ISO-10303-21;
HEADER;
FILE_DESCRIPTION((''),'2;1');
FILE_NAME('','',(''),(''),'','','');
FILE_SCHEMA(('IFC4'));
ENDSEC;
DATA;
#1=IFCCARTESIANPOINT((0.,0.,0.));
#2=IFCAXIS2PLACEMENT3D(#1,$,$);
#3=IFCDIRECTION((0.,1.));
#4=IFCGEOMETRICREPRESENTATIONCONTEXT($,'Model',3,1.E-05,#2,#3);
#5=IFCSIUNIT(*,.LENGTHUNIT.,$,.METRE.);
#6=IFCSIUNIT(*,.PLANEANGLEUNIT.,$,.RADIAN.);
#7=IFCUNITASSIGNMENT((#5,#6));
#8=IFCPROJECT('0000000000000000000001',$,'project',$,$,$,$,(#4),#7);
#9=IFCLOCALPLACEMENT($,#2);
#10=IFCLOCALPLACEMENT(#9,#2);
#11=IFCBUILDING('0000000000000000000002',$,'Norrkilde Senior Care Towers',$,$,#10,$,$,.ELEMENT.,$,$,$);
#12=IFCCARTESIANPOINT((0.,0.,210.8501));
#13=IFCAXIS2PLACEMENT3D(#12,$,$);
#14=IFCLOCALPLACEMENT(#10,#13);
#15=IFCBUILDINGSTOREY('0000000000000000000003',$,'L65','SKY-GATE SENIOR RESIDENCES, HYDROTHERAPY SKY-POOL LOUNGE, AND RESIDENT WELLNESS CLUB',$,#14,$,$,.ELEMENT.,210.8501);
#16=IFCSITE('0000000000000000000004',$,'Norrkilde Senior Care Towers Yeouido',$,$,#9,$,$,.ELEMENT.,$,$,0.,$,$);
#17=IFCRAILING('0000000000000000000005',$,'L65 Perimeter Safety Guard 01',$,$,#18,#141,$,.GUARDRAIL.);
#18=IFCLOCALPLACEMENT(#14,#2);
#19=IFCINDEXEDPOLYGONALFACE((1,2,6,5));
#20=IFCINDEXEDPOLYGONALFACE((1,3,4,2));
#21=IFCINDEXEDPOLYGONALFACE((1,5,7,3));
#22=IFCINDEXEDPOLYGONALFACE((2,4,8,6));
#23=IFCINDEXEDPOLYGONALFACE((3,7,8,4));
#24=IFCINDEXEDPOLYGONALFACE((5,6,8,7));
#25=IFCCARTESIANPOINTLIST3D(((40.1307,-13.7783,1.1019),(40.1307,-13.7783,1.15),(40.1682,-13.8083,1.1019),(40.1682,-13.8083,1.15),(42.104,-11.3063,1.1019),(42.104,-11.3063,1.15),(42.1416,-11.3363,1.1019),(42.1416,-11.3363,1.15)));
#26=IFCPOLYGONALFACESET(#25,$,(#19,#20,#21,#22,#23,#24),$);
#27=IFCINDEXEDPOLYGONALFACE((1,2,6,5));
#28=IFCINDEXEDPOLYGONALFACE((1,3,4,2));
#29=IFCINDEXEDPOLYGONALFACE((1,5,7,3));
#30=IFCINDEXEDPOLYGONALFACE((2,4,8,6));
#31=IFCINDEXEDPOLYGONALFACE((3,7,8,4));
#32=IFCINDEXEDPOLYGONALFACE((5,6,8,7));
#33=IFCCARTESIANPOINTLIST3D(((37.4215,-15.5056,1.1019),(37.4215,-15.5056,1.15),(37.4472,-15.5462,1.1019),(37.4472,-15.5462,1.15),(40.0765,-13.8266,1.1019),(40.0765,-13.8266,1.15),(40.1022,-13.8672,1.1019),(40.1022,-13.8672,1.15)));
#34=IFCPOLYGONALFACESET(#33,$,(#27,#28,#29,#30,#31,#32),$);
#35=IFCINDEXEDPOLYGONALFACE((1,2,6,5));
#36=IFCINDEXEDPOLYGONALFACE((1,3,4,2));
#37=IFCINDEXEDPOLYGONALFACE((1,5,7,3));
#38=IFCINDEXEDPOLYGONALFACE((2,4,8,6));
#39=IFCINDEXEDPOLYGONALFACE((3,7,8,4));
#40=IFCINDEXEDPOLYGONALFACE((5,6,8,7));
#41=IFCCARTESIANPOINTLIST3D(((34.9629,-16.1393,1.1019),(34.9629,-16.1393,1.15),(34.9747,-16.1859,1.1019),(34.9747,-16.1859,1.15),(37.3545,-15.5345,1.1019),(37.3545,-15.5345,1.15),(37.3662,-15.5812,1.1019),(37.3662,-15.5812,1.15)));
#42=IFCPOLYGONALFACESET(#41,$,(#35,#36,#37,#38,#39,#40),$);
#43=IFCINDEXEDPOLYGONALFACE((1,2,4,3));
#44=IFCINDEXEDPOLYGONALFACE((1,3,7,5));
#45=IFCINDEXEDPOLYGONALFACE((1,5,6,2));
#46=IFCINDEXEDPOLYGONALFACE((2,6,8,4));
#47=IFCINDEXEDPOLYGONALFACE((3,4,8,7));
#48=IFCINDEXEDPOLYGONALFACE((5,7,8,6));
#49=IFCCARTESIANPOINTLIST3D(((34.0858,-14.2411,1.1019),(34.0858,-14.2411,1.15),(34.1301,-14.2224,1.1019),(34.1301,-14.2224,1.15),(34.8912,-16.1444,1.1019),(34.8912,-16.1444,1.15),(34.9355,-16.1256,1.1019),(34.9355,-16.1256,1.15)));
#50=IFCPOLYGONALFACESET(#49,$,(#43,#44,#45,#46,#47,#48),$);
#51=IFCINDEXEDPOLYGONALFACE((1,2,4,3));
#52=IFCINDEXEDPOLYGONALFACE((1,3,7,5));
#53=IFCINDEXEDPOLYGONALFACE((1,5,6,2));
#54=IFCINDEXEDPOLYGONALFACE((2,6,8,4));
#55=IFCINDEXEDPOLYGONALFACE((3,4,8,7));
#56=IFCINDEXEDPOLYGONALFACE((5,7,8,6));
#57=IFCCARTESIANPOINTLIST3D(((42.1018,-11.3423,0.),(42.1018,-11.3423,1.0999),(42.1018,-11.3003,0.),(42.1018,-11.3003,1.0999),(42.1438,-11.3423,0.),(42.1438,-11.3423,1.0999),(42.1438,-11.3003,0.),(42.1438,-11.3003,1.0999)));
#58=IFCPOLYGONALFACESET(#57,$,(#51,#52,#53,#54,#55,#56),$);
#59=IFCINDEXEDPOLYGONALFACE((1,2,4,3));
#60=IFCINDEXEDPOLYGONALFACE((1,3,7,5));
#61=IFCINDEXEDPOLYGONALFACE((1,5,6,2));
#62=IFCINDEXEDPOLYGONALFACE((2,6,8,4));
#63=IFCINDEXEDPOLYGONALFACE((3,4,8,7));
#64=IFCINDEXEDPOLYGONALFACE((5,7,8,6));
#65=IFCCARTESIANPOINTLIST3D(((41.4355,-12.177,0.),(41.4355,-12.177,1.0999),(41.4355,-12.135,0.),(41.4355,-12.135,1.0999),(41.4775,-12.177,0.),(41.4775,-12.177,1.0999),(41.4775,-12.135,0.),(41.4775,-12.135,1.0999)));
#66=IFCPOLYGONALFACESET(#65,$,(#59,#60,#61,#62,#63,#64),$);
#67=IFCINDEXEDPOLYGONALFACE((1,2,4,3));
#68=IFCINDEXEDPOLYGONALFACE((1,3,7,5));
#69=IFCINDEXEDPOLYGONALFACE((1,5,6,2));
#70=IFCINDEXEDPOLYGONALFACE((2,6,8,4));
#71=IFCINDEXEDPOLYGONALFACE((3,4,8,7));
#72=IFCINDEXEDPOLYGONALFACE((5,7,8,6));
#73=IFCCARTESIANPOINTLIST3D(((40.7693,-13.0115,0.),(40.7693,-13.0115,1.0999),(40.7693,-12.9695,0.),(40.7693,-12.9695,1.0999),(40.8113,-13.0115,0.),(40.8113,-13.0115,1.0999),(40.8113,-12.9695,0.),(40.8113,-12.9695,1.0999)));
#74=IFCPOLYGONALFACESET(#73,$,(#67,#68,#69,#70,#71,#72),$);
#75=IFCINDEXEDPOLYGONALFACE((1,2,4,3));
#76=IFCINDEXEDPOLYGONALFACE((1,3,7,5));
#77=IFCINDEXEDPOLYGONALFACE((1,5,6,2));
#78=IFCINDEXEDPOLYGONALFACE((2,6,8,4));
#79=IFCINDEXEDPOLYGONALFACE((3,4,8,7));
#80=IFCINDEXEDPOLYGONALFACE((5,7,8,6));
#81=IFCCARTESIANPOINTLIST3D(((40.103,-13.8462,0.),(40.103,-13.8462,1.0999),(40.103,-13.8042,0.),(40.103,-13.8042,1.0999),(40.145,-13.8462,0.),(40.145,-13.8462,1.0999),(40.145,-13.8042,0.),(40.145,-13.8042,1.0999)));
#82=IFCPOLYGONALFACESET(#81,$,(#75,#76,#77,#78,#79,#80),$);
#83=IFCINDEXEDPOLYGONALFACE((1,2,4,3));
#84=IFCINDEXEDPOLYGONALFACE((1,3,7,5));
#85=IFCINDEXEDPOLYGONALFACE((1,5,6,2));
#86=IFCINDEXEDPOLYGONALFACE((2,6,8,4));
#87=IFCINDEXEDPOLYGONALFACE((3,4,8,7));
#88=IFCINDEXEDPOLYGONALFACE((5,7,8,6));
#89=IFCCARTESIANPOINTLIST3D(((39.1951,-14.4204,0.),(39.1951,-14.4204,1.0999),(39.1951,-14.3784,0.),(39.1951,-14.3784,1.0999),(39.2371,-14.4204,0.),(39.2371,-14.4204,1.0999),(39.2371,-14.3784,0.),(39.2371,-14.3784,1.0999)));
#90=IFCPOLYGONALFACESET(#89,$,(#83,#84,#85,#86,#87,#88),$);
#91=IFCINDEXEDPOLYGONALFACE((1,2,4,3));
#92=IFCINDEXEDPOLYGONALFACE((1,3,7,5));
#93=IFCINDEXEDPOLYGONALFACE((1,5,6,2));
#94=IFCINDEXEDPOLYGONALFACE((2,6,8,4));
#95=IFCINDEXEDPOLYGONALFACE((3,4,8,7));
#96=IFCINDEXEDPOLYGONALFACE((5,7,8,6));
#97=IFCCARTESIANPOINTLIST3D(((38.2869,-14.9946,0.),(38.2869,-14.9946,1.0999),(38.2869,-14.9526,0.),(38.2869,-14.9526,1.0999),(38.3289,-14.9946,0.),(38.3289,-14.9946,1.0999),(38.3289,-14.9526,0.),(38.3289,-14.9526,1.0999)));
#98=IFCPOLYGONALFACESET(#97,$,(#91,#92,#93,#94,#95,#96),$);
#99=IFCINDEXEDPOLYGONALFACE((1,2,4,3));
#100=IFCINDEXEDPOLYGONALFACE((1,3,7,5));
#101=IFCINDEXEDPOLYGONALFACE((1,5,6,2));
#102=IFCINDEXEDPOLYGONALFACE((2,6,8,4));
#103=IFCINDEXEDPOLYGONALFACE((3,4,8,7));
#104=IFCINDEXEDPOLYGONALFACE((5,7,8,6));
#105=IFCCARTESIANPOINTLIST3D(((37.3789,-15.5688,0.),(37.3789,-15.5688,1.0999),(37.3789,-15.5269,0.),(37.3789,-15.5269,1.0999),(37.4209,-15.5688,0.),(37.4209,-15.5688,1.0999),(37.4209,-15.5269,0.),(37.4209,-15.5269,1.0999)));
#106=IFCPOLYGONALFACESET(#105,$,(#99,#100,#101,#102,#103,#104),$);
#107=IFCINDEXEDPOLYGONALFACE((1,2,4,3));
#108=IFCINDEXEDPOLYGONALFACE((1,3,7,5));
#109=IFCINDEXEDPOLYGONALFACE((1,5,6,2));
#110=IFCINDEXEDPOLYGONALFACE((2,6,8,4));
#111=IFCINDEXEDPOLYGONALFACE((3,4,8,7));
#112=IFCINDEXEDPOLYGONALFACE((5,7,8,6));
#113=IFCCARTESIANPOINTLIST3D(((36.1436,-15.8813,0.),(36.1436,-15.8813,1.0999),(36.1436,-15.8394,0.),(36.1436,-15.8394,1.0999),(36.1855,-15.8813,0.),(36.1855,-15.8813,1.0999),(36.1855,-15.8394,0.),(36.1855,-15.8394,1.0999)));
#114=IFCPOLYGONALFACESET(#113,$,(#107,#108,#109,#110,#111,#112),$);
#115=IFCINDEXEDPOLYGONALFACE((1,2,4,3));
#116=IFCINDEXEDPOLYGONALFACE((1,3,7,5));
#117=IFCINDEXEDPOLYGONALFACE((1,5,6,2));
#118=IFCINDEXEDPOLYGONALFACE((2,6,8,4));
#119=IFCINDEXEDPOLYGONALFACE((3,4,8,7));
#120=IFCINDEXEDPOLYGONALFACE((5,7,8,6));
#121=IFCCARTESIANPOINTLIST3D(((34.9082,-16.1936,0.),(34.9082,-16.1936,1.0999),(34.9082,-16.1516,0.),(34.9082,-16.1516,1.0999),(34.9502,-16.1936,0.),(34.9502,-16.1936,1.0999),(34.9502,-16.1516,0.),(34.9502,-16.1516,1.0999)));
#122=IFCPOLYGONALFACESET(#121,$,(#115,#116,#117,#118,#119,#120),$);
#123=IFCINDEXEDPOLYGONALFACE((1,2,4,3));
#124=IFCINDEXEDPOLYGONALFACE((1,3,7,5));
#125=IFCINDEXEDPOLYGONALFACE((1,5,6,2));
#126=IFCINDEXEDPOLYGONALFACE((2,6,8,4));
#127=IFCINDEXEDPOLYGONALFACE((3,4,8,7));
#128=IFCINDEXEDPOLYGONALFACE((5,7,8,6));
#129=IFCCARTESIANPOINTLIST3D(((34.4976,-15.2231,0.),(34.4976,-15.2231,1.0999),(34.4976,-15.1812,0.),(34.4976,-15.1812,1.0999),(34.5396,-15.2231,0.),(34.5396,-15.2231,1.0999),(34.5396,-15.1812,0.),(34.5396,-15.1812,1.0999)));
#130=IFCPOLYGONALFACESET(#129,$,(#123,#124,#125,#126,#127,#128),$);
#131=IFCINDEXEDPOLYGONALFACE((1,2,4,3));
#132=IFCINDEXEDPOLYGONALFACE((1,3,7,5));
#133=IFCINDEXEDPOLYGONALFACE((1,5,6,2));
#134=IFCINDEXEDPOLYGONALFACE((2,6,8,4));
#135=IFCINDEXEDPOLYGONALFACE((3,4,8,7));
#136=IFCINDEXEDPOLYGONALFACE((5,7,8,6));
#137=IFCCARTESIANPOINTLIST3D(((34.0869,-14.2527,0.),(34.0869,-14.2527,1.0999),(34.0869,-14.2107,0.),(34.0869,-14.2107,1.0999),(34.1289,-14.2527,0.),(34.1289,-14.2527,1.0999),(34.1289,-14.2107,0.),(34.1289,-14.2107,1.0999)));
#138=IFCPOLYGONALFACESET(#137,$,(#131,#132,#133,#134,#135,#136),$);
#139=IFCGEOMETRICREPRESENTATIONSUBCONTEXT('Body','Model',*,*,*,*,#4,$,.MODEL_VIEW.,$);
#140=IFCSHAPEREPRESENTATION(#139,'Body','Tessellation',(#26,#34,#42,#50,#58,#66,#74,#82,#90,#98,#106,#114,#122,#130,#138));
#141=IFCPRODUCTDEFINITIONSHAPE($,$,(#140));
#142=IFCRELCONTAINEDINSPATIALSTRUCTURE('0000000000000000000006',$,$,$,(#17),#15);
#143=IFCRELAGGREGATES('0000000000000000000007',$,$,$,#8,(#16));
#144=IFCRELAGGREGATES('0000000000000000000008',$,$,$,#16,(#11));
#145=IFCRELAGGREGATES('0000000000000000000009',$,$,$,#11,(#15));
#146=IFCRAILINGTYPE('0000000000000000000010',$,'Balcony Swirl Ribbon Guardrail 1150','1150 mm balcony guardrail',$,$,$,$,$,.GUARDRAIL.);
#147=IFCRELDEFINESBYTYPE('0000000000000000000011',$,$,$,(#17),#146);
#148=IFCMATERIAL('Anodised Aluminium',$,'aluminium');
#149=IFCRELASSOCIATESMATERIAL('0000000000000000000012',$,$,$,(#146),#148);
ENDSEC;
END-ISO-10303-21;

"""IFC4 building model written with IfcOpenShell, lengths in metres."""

from ifc_helpers import new_model, si_unit, direction, frame, origin, origin_2d, place, context, subcontext, project, spatial, rectangle, extrude, material, type_object, element, save


model = new_model("IFC4")

# Units and contexts
model_context = context("Model", 3, precision=1e-05, world=origin(), true_north=direction((0.0, 1.0)))
body_context = subcontext(model_context, "Body", "Model", "MODEL_VIEW")
ifc_project = project(units=[si_unit("LENGTHUNIT", "METRE"), si_unit("PLANEANGLEUNIT", "RADIAN")], contexts=[model_context])

# Site, building, storey
site_placement = place(None, origin())
site = spatial("IfcSite", under=ifc_project, at=site_placement, Name="Norrkilde Senior Care Towers Yeouido", CompositionType="ELEMENT", RefElevation=0.0)
building_placement = place(site_placement, origin())
building = spatial("IfcBuilding", under=site, at=building_placement, Name="Norrkilde Senior Care Towers", CompositionType="ELEMENT")
storey_placement = place(building_placement, frame((0.0, 0.0, 210.8501)))
storey = spatial("IfcBuildingStorey", under=building, at=storey_placement, Name="L65", Description="SKY-GATE SENIOR RESIDENCES, HYDROTHERAPY SKY-POOL LOUNGE, AND RESIDENT WELLNESS CLUB", CompositionType="ELEMENT", Elevation=210.8501)

# Shared definitions
ifc_material_1 = material(Name="Anodised Aluminium", Category="aluminium")

# Railing
railing_type = type_object("IfcRailingType", Name="Balcony Swirl Ribbon Guardrail 1150", Description="1150 mm balcony guardrail", PredefinedType="GUARDRAIL", material=ifc_material_1)
railing_placement = place(storey_placement, frame((42.1228, -11.3213, 0.0)))
element("IfcRailing", 1, at=railing_placement, inside=storey, type_object=railing_type, Name="L65 Perimeter Safety Guard 01", PredefinedType="GUARDRAIL", context=body_context, shape_type="SweptSolid", body=[
    extrude(rectangle(XDim=0.0481, YDim=0.0481, at=origin_2d()), frame((0.0, 0.0, 1.126), z_axis=(-0.623868, -0.78153, 0.0), x_axis=(0.78153, -0.623868, 0.0)), (0.0, 0.0, 1.0), 3.1631),
    extrude(rectangle(XDim=0.0481, YDim=0.0481, at=origin_2d()), frame((-2.0334, -2.5256, 1.126), z_axis=(-0.845186, -0.534472, 0.0), x_axis=(0.534472, -0.845186, 0.0)), (0.0, 0.0, 1.0), 3.1414),
    extrude(rectangle(XDim=0.0481, YDim=0.0481, at=origin_2d()), frame((-4.7625, -4.2366, 1.126), z_axis=(-0.969485, -0.245149, 0.0), x_axis=(0.245149, -0.969485, 0.0)), (0.0, 0.0, 1.0), 2.4668),
    extrude(rectangle(XDim=0.0481, YDim=0.0481, at=origin_2d()), frame((-7.2095, -4.8137, 1.126), z_axis=(-0.389693, 0.920945, 0.0), x_axis=(-0.920945, -0.389693, 0.0)), (0.0, 0.0, 1.0), 2.0667),
    extrude(rectangle(XDim=0.042, YDim=0.042, at=origin_2d()), origin(), (0.0, 0.0, 1.0), 1.0999),
    extrude(rectangle(XDim=0.042, YDim=0.042, at=origin_2d()), frame((-0.6663, -0.8347, 0.0)), (0.0, 0.0, 1.0), 1.0999),
    extrude(rectangle(XDim=0.042, YDim=0.042, at=origin_2d()), frame((-1.3325, -1.6692, 0.0)), (0.0, 0.0, 1.0), 1.0999),
    extrude(rectangle(XDim=0.042, YDim=0.042, at=origin_2d()), frame((-1.9988, -2.5039, 0.0)), (0.0, 0.0, 1.0), 1.0999),
    extrude(rectangle(XDim=0.042, YDim=0.042, at=origin_2d()), frame((-2.9067, -3.0781, 0.0)), (0.0, 0.0, 1.0), 1.0999),
    extrude(rectangle(XDim=0.042, YDim=0.042, at=origin_2d()), frame((-3.8149, -3.6523, 0.0)), (0.0, 0.0, 1.0), 1.0999),
    extrude(rectangle(XDim=0.042, YDim=0.042, at=origin_2d()), frame((-4.7229, -4.2266, 0.0)), (0.0, 0.0, 1.0), 1.0999),
    extrude(rectangle(XDim=0.042, YDim=0.042, at=origin_2d()), frame((-5.9583, -4.5391, 0.0)), (0.0, 0.0, 1.0), 1.0999),
    extrude(rectangle(XDim=0.042, YDim=0.042, at=origin_2d()), frame((-7.1936, -4.8513, 0.0)), (0.0, 0.0, 1.0), 1.0999),
    extrude(rectangle(XDim=0.042, YDim=0.042, at=origin_2d()), frame((-7.6042, -3.8809, 0.0)), (0.0, 0.0, 1.0), 1.0999),
    extrude(rectangle(XDim=0.042, YDim=0.042, at=origin_2d()), frame((-8.0149, -2.9104, 0.0)), (0.0, 0.0, 1.0), 1.0999),
])

save(model, "model.ifc")
